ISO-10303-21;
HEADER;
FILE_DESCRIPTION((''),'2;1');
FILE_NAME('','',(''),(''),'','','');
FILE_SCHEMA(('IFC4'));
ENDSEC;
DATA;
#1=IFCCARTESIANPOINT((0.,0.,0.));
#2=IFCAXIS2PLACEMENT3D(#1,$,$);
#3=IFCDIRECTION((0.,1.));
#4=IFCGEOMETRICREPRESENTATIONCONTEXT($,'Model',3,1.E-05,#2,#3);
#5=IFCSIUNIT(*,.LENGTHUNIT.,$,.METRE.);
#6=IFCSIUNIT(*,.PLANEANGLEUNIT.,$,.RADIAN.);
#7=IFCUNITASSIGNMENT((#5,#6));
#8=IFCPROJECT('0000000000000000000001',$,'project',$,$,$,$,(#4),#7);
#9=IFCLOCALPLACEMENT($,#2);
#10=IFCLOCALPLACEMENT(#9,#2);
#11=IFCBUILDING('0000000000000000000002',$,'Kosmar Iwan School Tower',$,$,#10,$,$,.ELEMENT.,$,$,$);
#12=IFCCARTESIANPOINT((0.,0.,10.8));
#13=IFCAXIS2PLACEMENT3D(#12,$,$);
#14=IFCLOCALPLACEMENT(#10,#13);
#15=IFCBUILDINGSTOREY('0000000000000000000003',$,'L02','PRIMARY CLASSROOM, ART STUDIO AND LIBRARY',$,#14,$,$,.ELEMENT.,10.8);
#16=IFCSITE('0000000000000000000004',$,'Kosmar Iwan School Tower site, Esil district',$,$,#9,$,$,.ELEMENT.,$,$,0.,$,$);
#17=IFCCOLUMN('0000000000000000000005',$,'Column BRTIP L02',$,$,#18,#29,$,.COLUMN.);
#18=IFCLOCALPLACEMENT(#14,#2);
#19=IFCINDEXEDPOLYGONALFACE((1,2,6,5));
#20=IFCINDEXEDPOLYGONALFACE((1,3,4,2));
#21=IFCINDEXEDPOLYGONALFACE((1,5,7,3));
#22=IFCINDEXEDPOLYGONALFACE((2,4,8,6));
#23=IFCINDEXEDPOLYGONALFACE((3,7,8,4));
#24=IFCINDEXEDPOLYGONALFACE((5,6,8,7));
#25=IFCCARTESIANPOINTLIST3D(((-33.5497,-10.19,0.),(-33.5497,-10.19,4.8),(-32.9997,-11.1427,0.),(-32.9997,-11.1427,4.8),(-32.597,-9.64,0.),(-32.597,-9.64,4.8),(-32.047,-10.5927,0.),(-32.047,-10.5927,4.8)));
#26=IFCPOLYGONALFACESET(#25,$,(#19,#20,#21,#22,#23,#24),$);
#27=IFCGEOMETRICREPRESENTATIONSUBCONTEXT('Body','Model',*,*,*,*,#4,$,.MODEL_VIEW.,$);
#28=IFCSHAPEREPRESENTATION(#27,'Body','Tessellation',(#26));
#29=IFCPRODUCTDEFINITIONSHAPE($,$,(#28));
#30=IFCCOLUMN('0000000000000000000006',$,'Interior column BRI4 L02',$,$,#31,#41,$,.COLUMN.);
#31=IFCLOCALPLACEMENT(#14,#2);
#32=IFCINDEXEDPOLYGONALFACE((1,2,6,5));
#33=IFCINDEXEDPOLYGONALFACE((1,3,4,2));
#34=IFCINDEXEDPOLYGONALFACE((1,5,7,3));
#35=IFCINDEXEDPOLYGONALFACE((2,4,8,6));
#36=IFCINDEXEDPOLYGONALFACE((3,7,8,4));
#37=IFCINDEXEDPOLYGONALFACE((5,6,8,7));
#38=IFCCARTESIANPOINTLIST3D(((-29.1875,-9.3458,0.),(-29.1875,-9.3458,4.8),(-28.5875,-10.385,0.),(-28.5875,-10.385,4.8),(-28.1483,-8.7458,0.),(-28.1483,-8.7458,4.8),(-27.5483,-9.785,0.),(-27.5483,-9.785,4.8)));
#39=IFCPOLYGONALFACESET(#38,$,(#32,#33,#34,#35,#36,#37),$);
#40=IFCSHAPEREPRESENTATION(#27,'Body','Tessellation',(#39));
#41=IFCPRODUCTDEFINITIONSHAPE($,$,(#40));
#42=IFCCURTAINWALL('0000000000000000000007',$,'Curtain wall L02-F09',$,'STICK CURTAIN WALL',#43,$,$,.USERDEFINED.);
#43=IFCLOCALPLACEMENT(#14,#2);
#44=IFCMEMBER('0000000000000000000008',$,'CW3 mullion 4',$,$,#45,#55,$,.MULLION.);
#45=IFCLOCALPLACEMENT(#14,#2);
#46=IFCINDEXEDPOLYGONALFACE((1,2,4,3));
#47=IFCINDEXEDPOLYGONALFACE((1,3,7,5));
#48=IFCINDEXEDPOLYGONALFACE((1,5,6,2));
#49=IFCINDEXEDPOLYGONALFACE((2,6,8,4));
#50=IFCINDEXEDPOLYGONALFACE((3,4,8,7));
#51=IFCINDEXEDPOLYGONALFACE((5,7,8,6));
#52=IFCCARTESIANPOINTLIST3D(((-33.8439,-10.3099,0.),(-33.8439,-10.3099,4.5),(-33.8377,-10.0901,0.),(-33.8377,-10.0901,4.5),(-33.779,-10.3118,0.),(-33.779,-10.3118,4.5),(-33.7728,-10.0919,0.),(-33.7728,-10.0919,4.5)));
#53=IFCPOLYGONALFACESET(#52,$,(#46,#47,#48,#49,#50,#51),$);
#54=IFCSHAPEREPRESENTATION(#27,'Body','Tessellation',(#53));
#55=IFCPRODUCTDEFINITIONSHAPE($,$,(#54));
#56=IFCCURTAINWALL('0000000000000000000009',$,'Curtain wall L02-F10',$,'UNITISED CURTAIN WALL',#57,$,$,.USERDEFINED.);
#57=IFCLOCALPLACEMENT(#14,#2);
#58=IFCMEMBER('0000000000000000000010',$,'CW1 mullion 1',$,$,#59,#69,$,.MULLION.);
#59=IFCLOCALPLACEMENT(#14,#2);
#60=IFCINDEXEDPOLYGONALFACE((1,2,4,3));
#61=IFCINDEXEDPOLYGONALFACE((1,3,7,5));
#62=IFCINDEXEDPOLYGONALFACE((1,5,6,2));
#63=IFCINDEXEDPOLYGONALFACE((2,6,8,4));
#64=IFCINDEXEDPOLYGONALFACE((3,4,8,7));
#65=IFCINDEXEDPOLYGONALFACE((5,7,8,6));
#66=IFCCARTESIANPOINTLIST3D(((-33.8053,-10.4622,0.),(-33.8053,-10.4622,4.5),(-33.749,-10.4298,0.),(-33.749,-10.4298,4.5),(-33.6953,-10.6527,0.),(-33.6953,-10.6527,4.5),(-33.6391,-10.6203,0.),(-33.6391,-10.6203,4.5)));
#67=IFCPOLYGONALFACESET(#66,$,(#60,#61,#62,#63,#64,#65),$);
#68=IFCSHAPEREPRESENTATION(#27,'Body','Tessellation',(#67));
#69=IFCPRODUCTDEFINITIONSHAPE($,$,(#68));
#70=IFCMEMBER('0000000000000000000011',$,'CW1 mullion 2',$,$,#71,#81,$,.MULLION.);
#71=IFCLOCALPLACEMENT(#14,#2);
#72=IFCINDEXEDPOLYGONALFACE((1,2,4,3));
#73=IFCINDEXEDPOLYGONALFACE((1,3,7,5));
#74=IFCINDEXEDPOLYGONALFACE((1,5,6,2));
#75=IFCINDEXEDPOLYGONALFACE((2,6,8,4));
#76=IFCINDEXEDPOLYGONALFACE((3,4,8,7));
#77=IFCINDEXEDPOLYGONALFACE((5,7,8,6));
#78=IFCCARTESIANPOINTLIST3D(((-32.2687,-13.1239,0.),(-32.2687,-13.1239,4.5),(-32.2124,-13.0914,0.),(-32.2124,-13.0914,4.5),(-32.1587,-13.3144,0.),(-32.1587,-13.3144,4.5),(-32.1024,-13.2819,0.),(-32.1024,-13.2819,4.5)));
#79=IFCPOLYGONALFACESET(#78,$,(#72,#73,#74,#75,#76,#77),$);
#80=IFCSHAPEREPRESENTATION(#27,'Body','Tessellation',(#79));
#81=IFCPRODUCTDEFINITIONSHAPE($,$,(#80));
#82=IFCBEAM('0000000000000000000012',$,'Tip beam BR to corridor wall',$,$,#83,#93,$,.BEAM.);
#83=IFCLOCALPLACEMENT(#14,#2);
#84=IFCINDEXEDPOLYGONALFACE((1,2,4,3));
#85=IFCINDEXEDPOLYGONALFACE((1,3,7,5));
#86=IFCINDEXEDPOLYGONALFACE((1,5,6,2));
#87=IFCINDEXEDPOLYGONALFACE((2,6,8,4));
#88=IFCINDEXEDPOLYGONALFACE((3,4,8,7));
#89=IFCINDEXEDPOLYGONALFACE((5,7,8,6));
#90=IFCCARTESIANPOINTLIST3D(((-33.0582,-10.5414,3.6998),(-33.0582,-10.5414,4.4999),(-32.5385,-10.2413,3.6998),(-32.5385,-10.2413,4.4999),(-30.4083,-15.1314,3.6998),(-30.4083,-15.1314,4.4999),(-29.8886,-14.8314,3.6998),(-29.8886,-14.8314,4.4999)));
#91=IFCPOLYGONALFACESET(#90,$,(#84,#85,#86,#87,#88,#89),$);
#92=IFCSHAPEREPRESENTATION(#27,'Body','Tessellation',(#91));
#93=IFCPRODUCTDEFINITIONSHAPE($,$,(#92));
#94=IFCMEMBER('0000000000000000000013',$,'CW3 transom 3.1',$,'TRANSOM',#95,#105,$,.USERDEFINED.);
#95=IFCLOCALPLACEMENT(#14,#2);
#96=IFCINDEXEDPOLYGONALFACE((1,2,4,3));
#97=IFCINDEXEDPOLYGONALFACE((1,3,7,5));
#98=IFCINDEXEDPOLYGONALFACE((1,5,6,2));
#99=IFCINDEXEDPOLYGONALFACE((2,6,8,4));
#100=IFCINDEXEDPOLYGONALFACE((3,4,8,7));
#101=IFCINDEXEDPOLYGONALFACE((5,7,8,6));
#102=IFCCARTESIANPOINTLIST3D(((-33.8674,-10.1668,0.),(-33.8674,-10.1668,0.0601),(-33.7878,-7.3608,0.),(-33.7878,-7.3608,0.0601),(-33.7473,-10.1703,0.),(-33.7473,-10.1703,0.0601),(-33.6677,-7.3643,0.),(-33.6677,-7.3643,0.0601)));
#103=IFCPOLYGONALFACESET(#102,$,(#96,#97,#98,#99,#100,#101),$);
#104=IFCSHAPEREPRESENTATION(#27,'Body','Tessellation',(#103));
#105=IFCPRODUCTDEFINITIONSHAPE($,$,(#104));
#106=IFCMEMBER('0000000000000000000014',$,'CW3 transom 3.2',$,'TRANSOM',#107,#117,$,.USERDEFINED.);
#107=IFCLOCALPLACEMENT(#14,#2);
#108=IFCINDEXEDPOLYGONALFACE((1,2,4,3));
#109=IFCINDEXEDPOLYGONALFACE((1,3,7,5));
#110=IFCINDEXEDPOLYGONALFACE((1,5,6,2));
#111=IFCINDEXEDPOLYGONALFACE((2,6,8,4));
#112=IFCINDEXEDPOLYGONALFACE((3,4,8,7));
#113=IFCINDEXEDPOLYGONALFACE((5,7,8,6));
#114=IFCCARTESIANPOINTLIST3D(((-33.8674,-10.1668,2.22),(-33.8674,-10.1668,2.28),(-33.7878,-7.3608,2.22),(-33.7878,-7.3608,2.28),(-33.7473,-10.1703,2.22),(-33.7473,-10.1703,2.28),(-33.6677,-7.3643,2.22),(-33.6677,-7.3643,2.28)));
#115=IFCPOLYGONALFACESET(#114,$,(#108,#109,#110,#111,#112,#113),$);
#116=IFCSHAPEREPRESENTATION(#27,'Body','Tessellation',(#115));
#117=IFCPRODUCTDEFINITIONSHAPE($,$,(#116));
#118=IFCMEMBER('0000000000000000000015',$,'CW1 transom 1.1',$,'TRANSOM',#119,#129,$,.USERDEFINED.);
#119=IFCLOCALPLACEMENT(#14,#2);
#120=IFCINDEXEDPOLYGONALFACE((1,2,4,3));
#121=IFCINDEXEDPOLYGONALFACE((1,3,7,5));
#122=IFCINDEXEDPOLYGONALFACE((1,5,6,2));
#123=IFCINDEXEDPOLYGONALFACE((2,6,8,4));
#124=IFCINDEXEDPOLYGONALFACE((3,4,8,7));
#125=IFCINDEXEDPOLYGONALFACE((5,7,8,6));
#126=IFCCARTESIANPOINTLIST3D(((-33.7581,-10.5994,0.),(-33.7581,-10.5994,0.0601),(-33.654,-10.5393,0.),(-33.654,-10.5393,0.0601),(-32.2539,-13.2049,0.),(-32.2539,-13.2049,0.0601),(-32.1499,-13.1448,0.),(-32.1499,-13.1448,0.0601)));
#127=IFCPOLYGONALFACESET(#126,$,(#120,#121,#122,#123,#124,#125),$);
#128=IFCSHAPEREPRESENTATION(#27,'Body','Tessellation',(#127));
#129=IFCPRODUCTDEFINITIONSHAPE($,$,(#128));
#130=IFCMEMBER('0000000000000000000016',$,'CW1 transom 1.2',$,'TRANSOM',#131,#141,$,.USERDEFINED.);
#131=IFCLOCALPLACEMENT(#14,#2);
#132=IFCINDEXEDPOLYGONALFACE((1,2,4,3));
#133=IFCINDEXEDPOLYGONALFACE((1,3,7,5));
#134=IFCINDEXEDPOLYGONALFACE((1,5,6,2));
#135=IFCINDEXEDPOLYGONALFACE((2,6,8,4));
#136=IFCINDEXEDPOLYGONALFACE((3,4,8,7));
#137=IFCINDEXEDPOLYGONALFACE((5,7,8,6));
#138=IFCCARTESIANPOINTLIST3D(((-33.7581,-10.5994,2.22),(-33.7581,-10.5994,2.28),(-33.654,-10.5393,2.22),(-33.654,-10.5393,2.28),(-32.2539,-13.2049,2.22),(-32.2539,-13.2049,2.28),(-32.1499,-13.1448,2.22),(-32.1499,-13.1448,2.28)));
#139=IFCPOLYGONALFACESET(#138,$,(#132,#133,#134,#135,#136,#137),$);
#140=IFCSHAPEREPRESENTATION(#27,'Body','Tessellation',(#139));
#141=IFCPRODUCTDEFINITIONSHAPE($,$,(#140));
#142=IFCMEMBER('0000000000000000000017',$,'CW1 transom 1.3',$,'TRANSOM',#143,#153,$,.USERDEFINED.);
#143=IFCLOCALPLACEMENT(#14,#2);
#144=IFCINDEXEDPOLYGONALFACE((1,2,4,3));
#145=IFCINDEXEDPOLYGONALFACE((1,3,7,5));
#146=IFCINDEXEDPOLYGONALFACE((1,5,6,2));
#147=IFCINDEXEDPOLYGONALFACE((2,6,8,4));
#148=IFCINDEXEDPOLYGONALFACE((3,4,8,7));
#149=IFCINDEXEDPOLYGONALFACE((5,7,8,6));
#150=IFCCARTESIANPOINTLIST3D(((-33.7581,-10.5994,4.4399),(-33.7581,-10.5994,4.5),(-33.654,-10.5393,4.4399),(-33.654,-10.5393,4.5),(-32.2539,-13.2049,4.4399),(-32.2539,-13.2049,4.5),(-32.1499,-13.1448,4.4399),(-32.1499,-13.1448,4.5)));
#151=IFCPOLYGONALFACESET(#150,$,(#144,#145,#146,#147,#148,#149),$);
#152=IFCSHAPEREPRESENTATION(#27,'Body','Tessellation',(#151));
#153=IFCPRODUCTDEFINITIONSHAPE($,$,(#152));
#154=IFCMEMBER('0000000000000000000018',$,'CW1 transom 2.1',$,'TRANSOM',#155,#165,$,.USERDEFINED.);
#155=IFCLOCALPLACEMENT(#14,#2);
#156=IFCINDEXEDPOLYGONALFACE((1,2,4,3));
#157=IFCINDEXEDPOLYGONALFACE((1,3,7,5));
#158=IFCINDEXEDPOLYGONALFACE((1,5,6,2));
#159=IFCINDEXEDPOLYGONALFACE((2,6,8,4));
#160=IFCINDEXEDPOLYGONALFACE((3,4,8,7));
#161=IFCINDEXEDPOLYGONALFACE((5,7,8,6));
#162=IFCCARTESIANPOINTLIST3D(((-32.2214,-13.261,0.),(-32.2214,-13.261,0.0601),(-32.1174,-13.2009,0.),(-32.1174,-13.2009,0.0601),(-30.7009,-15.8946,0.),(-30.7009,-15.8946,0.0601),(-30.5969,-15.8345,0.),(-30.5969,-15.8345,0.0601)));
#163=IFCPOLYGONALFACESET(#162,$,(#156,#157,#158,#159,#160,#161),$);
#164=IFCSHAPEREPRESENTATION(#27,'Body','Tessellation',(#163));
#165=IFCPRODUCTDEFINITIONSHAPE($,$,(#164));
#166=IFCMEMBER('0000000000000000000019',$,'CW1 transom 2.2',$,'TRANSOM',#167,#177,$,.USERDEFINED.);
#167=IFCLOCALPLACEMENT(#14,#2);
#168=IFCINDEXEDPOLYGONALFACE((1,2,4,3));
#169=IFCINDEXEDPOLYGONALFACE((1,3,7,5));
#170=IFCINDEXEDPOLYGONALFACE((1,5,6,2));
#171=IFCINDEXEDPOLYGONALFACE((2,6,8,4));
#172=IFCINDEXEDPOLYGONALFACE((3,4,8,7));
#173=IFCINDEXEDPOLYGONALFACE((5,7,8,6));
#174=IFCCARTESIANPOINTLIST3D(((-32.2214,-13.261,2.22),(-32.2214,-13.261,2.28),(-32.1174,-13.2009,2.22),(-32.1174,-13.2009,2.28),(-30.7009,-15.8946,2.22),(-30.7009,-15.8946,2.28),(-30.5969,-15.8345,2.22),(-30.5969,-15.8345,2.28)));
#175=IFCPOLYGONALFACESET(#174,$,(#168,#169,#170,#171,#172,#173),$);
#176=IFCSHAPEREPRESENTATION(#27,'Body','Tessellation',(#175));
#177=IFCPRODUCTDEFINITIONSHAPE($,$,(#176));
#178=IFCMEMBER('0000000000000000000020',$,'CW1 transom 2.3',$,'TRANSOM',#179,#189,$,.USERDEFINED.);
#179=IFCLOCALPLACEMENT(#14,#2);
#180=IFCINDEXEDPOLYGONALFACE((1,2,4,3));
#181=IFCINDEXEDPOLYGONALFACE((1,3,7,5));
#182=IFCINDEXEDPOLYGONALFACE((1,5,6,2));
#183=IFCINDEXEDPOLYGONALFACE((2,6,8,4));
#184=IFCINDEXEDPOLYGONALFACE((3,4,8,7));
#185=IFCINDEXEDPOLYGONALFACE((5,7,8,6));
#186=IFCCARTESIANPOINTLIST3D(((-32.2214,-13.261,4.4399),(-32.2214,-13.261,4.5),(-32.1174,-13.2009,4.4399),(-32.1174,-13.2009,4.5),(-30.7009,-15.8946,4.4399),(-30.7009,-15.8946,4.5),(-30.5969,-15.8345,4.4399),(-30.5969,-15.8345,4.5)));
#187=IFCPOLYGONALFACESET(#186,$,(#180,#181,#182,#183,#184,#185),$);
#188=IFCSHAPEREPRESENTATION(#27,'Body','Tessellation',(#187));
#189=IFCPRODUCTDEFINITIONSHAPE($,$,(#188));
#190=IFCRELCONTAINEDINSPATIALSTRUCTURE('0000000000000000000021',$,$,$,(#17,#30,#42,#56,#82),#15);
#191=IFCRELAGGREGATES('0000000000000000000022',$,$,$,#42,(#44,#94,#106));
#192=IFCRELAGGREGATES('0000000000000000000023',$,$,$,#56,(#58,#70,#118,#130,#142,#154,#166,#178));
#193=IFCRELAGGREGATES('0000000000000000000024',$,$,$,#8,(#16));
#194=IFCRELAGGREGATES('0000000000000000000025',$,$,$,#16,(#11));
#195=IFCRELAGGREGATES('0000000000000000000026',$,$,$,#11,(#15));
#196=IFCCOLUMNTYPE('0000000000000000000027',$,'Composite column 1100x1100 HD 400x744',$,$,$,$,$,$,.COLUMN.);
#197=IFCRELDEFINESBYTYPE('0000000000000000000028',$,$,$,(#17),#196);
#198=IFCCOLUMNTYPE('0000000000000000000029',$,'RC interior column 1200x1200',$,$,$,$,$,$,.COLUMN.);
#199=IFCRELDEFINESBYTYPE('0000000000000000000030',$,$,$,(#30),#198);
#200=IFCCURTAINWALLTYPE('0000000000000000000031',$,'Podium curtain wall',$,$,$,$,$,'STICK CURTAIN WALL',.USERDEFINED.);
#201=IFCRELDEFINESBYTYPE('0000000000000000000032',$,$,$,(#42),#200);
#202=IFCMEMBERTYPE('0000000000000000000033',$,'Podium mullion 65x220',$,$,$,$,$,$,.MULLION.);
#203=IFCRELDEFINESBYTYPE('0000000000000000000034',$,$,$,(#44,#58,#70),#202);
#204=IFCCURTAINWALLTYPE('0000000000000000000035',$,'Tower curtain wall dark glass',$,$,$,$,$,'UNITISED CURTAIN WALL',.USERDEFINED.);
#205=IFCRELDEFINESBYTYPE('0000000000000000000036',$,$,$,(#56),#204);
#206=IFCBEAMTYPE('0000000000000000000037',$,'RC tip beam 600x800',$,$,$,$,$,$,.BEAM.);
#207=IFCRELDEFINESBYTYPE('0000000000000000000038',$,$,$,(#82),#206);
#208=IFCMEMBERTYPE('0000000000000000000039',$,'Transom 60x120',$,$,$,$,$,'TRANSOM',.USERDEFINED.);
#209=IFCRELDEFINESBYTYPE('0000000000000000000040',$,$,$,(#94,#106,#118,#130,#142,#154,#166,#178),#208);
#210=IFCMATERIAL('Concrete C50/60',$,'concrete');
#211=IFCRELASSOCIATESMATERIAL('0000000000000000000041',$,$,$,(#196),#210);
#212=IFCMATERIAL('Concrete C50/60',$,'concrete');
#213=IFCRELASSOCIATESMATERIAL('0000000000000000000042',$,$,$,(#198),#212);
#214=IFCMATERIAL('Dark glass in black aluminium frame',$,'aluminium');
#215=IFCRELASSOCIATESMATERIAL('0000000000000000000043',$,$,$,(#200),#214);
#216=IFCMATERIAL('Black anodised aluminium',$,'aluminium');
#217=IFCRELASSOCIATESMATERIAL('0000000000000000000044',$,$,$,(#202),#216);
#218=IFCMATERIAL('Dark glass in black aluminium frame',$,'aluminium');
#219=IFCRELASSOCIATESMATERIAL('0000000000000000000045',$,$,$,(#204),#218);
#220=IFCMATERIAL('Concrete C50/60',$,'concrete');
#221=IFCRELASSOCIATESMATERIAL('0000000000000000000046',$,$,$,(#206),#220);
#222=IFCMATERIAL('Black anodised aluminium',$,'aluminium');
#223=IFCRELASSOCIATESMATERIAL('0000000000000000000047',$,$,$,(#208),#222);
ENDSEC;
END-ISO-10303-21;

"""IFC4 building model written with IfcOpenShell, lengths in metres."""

from ifc_helpers import new_model, si_unit, direction, frame, origin, origin_2d, place, context, subcontext, project, spatial, rectangle, extrude, material, material_profile, profile_set, type_object, element, aggregate, save


model = new_model("IFC4")

# Units and contexts
model_context = context("Model", 3, precision=1e-05, world=origin(), true_north=direction((0.0, 1.0)))
body_context = subcontext(model_context, "Body", "Model", "MODEL_VIEW")
ifc_project = project(units=[si_unit("LENGTHUNIT", "METRE"), si_unit("PLANEANGLEUNIT", "RADIAN")], contexts=[model_context])

# Site, building, storey
site_placement = place(None, origin())
site = spatial("IfcSite", under=ifc_project, at=site_placement, Name="Kosmar Iwan School Tower site, Esil district", CompositionType="ELEMENT", RefElevation=0.0)
building_placement = place(site_placement, origin())
building = spatial("IfcBuilding", under=site, at=building_placement, Name="Kosmar Iwan School Tower", CompositionType="ELEMENT")
storey_placement = place(building_placement, frame((0.0, 0.0, 10.8)))
storey = spatial("IfcBuildingStorey", under=building, at=storey_placement, Name="L02", Description="PRIMARY CLASSROOM, ART STUDIO AND LIBRARY", CompositionType="ELEMENT", Elevation=10.8)

# Columns
ifc_material_1 = material(Name="Concrete C50/60", Category="concrete")
ifc_material_profile_1 = material_profile(ifc_material_1, rectangle(XDim=1.1001, YDim=1.1001, at=origin_2d()), Name="RC 1100x1100 + HD 400x744")
ifc_profile_set_1 = profile_set([ifc_material_profile_1], Name="Concrete C50/60")
column_type_1 = type_object("IfcColumnType", Name="Composite column 1100x1100 HD 400x744", PredefinedType="COLUMN", material=ifc_profile_set_1)
column_1_placement = place(storey_placement, frame((-32.7983, -10.3914, 0.0), z_axis=(0.0, 0.0, 1.0), x_axis=(-0.866025, -0.5, 0.0)))
element("IfcColumn", 1, at=column_1_placement, inside=storey, type_object=column_type_1, Name="Column BRTIP L02", PredefinedType="COLUMN", context=body_context, shape_type="SweptSolid", body=[
    extrude(rectangle(XDim=1.1001, YDim=1.1001, at=origin_2d()), origin(), (0.0, 0.0, 1.0), 4.8),
])
ifc_material_2 = material(Name="Concrete C50/60", Category="concrete")
ifc_material_profile_2 = material_profile(ifc_material_2, rectangle(XDim=1.2, YDim=1.2, at=origin_2d()), Name="RC 1200x1200")
ifc_profile_set_2 = profile_set([ifc_material_profile_2], Name="Concrete C50/60")
column_type_2 = type_object("IfcColumnType", Name="RC interior column 1200x1200", PredefinedType="COLUMN", material=ifc_profile_set_2)
column_2_placement = place(storey_placement, frame((-28.3679, -9.5654, 0.0), z_axis=(0.0, 0.0, 1.0), x_axis=(-0.866025, -0.5, 0.0)))
element("IfcColumn", 2, at=column_2_placement, inside=storey, type_object=column_type_2, Name="Interior column BRI4 L02", PredefinedType="COLUMN", context=body_context, shape_type="SweptSolid", body=[
    extrude(rectangle(XDim=1.2, YDim=1.2, at=origin_2d()), origin(), (0.0, 0.0, 1.0), 4.8),
])

# Curtain wall, member
ifc_material_3 = material(Name="Dark glass in black aluminium frame", Category="aluminium")
curtain_wall_type_1 = type_object("IfcCurtainWallType", Name="Podium curtain wall", ElementType="STICK CURTAIN WALL", PredefinedType="USERDEFINED", material=ifc_material_3)
curtain_wall_1_placement = place(storey_placement, origin())
curtain_wall_1 = element("IfcCurtainWall", 3, at=curtain_wall_1_placement, inside=storey, type_object=curtain_wall_type_1, Name="Curtain wall L02-F09", ObjectType="STICK CURTAIN WALL", PredefinedType="USERDEFINED")
ifc_material_4 = material(Name="Black anodised aluminium", Category="aluminium")
ifc_material_profile_3 = material_profile(ifc_material_4, rectangle(XDim=0.0649, YDim=0.22, at=origin_2d()), Name="MULLION 65x220")
ifc_profile_set_3 = profile_set([ifc_material_profile_3], Name="Black anodised aluminium")
member_type_1 = type_object("IfcMemberType", Name="Podium mullion 65x220", PredefinedType="MULLION", material=ifc_profile_set_3)
member_1_placement = place(storey_placement, frame((-33.8083, -10.2009, 0.0), z_axis=(0.0, 0.0, 1.0), x_axis=(0.999597, -0.028386, 0.0)))
member_1 = element("IfcMember", 4, at=member_1_placement, type_object=member_type_1, Name="CW3 mullion 4", PredefinedType="MULLION", context=body_context, shape_type="SweptSolid", body=[
    extrude(rectangle(XDim=0.0649, YDim=0.22, at=origin_2d()), origin(), (0.0, 0.0, 1.0), 4.5),
])

# Curtain wall, members
ifc_material_5 = material(Name="Dark glass in black aluminium frame", Category="aluminium")
curtain_wall_type_2 = type_object("IfcCurtainWallType", Name="Tower curtain wall dark glass", ElementType="UNITISED CURTAIN WALL", PredefinedType="USERDEFINED", material=ifc_material_5)
curtain_wall_2_placement = place(storey_placement, origin())
curtain_wall_2 = element("IfcCurtainWall", 5, at=curtain_wall_2_placement, inside=storey, type_object=curtain_wall_type_2, Name="Curtain wall L02-F10", ObjectType="UNITISED CURTAIN WALL", PredefinedType="USERDEFINED")
member_2_placement = place(storey_placement, frame((-33.7222, -10.5413, 0.0), z_axis=(0.0, 0.0, 1.0), x_axis=(0.866025, 0.5, 0.0)))
member_2 = element("IfcMember", 6, at=member_2_placement, type_object=member_type_1, Name="CW1 mullion 1", PredefinedType="MULLION", context=body_context, shape_type="SweptSolid", body=[
    extrude(rectangle(XDim=0.0649, YDim=0.22, at=origin_2d()), origin(), (0.0, 0.0, 1.0), 4.5),
])
member_3_placement = place(storey_placement, frame((-32.1855, -13.2029, 0.0), z_axis=(0.0, 0.0, 1.0), x_axis=(0.866025, 0.5, 0.0)))
member_3 = element("IfcMember", 7, at=member_3_placement, type_object=member_type_1, Name="CW1 mullion 2", PredefinedType="MULLION", context=body_context, shape_type="SweptSolid", body=[
    extrude(rectangle(XDim=0.0649, YDim=0.22, at=origin_2d()), origin(), (0.0, 0.0, 1.0), 4.5),
])

# Beam
ifc_material_6 = material(Name="Concrete C50/60", Category="concrete")
ifc_material_profile_4 = material_profile(ifc_material_6, rectangle(XDim=0.6001, YDim=0.8, at=origin_2d()), Name="RC 600x800")
ifc_profile_set_4 = profile_set([ifc_material_profile_4], Name="Concrete C50/60")
beam_type = type_object("IfcBeamType", Name="RC tip beam 600x800", PredefinedType="BEAM", material=ifc_profile_set_4)
beam_placement = place(storey_placement, frame((-32.7983, -10.3914, 4.0999), z_axis=(0.499974, -0.866041, 0.0), x_axis=(0.866041, 0.499974, 0.0)))
element("IfcBeam", 8, at=beam_placement, inside=storey, type_object=beam_type, Name="Tip beam BR to corridor wall", PredefinedType="BEAM", context=body_context, shape_type="SweptSolid", body=[
    extrude(rectangle(XDim=0.6001, YDim=0.8, at=origin_2d()), origin(), (0.0, 0.0, 1.0), 5.3),
])

# Members
ifc_material_7 = material(Name="Black anodised aluminium", Category="aluminium")
ifc_material_profile_5 = material_profile(ifc_material_7, rectangle(XDim=0.1201, YDim=0.0601, at=origin_2d()), Name="TRANSOM 60x120")
ifc_profile_set_5 = profile_set([ifc_material_profile_5], Name="Black anodised aluminium")
member_type_2 = type_object("IfcMemberType", Name="Transom 60x120", ElementType="TRANSOM", PredefinedType="USERDEFINED", material=ifc_profile_set_5)
member_4_placement = place(storey_placement, frame((-33.7278, -7.3625, 0.03), z_axis=(-0.028354, -0.999598, 0.0), x_axis=(0.999598, -0.028354, 0.0)))
member_4 = element("IfcMember", 9, at=member_4_placement, type_object=member_type_2, Name="CW3 transom 3.1", ObjectType="TRANSOM", PredefinedType="USERDEFINED", context=body_context, shape_type="SweptSolid", body=[
    extrude(rectangle(XDim=0.1201, YDim=0.0601, at=origin_2d()), origin(), (0.0, 0.0, 1.0), 2.8071),
])
member_5_placement = place(storey_placement, frame((-33.7278, -7.3625, 2.25), z_axis=(-0.028354, -0.999598, 0.0), x_axis=(0.999598, -0.028354, 0.0)))
member_5 = element("IfcMember", 10, at=member_5_placement, type_object=member_type_2, Name="CW3 transom 3.2", ObjectType="TRANSOM", PredefinedType="USERDEFINED", context=body_context, shape_type="SweptSolid", body=[
    extrude(rectangle(XDim=0.1201, YDim=0.0601, at=origin_2d()), origin(), (0.0, 0.0, 1.0), 2.8071),
])
member_6_placement = place(storey_placement, frame((-33.7061, -10.5693, 0.03), z_axis=(0.499971, -0.866042, 0.0), x_axis=(0.866042, 0.499971, 0.0)))
member_6 = element("IfcMember", 11, at=member_6_placement, type_object=member_type_2, Name="CW1 transom 1.1", ObjectType="TRANSOM", PredefinedType="USERDEFINED", context=body_context, shape_type="SweptSolid", body=[
    extrude(rectangle(XDim=0.1201, YDim=0.0601, at=origin_2d()), origin(), (0.0, 0.0, 1.0), 3.0085),
])
member_7_placement = place(storey_placement, frame((-33.7061, -10.5693, 2.25), z_axis=(0.499971, -0.866042, 0.0), x_axis=(0.866042, 0.499971, 0.0)))
member_7 = element("IfcMember", 12, at=member_7_placement, type_object=member_type_2, Name="CW1 transom 1.2", ObjectType="TRANSOM", PredefinedType="USERDEFINED", context=body_context, shape_type="SweptSolid", body=[
    extrude(rectangle(XDim=0.1201, YDim=0.0601, at=origin_2d()), origin(), (0.0, 0.0, 1.0), 3.0085),
])
member_8_placement = place(storey_placement, frame((-33.7061, -10.5693, 4.47), z_axis=(0.499971, -0.866042, 0.0), x_axis=(0.866042, 0.499971, 0.0)))
member_8 = element("IfcMember", 13, at=member_8_placement, type_object=member_type_2, Name="CW1 transom 1.3", ObjectType="TRANSOM", PredefinedType="USERDEFINED", context=body_context, shape_type="SweptSolid", body=[
    extrude(rectangle(XDim=0.1201, YDim=0.0601, at=origin_2d()), origin(), (0.0, 0.0, 1.0), 3.0085),
])
member_9_placement = place(storey_placement, frame((-32.1694, -13.231, 0.03), z_axis=(0.500007, -0.866021, 0.0), x_axis=(0.866021, 0.500007, 0.0)))
member_9 = element("IfcMember", 14, at=member_9_placement, type_object=member_type_2, Name="CW1 transom 2.1", ObjectType="TRANSOM", PredefinedType="USERDEFINED", context=body_context, shape_type="SweptSolid", body=[
    extrude(rectangle(XDim=0.1201, YDim=0.0601, at=origin_2d()), origin(), (0.0, 0.0, 1.0), 3.041),
])
member_10_placement = place(storey_placement, frame((-32.1694, -13.231, 2.25), z_axis=(0.500007, -0.866021, 0.0), x_axis=(0.866021, 0.500007, 0.0)))
member_10 = element("IfcMember", 15, at=member_10_placement, type_object=member_type_2, Name="CW1 transom 2.2", ObjectType="TRANSOM", PredefinedType="USERDEFINED", context=body_context, shape_type="SweptSolid", body=[
    extrude(rectangle(XDim=0.1201, YDim=0.0601, at=origin_2d()), origin(), (0.0, 0.0, 1.0), 3.041),
])
member_11_placement = place(storey_placement, frame((-32.1694, -13.231, 4.47), z_axis=(0.500007, -0.866021, 0.0), x_axis=(0.866021, 0.500007, 0.0)))
member_11 = element("IfcMember", 16, at=member_11_placement, type_object=member_type_2, Name="CW1 transom 2.3", ObjectType="TRANSOM", PredefinedType="USERDEFINED", context=body_context, shape_type="SweptSolid", body=[
    extrude(rectangle(XDim=0.1201, YDim=0.0601, at=origin_2d()), origin(), (0.0, 0.0, 1.0), 3.041),
])

aggregate(curtain_wall_1, [member_1, member_4, member_5])
aggregate(curtain_wall_2, [member_2, member_3, member_6, member_7, member_8, member_9, member_10, member_11])

save(model, "model.ifc")
